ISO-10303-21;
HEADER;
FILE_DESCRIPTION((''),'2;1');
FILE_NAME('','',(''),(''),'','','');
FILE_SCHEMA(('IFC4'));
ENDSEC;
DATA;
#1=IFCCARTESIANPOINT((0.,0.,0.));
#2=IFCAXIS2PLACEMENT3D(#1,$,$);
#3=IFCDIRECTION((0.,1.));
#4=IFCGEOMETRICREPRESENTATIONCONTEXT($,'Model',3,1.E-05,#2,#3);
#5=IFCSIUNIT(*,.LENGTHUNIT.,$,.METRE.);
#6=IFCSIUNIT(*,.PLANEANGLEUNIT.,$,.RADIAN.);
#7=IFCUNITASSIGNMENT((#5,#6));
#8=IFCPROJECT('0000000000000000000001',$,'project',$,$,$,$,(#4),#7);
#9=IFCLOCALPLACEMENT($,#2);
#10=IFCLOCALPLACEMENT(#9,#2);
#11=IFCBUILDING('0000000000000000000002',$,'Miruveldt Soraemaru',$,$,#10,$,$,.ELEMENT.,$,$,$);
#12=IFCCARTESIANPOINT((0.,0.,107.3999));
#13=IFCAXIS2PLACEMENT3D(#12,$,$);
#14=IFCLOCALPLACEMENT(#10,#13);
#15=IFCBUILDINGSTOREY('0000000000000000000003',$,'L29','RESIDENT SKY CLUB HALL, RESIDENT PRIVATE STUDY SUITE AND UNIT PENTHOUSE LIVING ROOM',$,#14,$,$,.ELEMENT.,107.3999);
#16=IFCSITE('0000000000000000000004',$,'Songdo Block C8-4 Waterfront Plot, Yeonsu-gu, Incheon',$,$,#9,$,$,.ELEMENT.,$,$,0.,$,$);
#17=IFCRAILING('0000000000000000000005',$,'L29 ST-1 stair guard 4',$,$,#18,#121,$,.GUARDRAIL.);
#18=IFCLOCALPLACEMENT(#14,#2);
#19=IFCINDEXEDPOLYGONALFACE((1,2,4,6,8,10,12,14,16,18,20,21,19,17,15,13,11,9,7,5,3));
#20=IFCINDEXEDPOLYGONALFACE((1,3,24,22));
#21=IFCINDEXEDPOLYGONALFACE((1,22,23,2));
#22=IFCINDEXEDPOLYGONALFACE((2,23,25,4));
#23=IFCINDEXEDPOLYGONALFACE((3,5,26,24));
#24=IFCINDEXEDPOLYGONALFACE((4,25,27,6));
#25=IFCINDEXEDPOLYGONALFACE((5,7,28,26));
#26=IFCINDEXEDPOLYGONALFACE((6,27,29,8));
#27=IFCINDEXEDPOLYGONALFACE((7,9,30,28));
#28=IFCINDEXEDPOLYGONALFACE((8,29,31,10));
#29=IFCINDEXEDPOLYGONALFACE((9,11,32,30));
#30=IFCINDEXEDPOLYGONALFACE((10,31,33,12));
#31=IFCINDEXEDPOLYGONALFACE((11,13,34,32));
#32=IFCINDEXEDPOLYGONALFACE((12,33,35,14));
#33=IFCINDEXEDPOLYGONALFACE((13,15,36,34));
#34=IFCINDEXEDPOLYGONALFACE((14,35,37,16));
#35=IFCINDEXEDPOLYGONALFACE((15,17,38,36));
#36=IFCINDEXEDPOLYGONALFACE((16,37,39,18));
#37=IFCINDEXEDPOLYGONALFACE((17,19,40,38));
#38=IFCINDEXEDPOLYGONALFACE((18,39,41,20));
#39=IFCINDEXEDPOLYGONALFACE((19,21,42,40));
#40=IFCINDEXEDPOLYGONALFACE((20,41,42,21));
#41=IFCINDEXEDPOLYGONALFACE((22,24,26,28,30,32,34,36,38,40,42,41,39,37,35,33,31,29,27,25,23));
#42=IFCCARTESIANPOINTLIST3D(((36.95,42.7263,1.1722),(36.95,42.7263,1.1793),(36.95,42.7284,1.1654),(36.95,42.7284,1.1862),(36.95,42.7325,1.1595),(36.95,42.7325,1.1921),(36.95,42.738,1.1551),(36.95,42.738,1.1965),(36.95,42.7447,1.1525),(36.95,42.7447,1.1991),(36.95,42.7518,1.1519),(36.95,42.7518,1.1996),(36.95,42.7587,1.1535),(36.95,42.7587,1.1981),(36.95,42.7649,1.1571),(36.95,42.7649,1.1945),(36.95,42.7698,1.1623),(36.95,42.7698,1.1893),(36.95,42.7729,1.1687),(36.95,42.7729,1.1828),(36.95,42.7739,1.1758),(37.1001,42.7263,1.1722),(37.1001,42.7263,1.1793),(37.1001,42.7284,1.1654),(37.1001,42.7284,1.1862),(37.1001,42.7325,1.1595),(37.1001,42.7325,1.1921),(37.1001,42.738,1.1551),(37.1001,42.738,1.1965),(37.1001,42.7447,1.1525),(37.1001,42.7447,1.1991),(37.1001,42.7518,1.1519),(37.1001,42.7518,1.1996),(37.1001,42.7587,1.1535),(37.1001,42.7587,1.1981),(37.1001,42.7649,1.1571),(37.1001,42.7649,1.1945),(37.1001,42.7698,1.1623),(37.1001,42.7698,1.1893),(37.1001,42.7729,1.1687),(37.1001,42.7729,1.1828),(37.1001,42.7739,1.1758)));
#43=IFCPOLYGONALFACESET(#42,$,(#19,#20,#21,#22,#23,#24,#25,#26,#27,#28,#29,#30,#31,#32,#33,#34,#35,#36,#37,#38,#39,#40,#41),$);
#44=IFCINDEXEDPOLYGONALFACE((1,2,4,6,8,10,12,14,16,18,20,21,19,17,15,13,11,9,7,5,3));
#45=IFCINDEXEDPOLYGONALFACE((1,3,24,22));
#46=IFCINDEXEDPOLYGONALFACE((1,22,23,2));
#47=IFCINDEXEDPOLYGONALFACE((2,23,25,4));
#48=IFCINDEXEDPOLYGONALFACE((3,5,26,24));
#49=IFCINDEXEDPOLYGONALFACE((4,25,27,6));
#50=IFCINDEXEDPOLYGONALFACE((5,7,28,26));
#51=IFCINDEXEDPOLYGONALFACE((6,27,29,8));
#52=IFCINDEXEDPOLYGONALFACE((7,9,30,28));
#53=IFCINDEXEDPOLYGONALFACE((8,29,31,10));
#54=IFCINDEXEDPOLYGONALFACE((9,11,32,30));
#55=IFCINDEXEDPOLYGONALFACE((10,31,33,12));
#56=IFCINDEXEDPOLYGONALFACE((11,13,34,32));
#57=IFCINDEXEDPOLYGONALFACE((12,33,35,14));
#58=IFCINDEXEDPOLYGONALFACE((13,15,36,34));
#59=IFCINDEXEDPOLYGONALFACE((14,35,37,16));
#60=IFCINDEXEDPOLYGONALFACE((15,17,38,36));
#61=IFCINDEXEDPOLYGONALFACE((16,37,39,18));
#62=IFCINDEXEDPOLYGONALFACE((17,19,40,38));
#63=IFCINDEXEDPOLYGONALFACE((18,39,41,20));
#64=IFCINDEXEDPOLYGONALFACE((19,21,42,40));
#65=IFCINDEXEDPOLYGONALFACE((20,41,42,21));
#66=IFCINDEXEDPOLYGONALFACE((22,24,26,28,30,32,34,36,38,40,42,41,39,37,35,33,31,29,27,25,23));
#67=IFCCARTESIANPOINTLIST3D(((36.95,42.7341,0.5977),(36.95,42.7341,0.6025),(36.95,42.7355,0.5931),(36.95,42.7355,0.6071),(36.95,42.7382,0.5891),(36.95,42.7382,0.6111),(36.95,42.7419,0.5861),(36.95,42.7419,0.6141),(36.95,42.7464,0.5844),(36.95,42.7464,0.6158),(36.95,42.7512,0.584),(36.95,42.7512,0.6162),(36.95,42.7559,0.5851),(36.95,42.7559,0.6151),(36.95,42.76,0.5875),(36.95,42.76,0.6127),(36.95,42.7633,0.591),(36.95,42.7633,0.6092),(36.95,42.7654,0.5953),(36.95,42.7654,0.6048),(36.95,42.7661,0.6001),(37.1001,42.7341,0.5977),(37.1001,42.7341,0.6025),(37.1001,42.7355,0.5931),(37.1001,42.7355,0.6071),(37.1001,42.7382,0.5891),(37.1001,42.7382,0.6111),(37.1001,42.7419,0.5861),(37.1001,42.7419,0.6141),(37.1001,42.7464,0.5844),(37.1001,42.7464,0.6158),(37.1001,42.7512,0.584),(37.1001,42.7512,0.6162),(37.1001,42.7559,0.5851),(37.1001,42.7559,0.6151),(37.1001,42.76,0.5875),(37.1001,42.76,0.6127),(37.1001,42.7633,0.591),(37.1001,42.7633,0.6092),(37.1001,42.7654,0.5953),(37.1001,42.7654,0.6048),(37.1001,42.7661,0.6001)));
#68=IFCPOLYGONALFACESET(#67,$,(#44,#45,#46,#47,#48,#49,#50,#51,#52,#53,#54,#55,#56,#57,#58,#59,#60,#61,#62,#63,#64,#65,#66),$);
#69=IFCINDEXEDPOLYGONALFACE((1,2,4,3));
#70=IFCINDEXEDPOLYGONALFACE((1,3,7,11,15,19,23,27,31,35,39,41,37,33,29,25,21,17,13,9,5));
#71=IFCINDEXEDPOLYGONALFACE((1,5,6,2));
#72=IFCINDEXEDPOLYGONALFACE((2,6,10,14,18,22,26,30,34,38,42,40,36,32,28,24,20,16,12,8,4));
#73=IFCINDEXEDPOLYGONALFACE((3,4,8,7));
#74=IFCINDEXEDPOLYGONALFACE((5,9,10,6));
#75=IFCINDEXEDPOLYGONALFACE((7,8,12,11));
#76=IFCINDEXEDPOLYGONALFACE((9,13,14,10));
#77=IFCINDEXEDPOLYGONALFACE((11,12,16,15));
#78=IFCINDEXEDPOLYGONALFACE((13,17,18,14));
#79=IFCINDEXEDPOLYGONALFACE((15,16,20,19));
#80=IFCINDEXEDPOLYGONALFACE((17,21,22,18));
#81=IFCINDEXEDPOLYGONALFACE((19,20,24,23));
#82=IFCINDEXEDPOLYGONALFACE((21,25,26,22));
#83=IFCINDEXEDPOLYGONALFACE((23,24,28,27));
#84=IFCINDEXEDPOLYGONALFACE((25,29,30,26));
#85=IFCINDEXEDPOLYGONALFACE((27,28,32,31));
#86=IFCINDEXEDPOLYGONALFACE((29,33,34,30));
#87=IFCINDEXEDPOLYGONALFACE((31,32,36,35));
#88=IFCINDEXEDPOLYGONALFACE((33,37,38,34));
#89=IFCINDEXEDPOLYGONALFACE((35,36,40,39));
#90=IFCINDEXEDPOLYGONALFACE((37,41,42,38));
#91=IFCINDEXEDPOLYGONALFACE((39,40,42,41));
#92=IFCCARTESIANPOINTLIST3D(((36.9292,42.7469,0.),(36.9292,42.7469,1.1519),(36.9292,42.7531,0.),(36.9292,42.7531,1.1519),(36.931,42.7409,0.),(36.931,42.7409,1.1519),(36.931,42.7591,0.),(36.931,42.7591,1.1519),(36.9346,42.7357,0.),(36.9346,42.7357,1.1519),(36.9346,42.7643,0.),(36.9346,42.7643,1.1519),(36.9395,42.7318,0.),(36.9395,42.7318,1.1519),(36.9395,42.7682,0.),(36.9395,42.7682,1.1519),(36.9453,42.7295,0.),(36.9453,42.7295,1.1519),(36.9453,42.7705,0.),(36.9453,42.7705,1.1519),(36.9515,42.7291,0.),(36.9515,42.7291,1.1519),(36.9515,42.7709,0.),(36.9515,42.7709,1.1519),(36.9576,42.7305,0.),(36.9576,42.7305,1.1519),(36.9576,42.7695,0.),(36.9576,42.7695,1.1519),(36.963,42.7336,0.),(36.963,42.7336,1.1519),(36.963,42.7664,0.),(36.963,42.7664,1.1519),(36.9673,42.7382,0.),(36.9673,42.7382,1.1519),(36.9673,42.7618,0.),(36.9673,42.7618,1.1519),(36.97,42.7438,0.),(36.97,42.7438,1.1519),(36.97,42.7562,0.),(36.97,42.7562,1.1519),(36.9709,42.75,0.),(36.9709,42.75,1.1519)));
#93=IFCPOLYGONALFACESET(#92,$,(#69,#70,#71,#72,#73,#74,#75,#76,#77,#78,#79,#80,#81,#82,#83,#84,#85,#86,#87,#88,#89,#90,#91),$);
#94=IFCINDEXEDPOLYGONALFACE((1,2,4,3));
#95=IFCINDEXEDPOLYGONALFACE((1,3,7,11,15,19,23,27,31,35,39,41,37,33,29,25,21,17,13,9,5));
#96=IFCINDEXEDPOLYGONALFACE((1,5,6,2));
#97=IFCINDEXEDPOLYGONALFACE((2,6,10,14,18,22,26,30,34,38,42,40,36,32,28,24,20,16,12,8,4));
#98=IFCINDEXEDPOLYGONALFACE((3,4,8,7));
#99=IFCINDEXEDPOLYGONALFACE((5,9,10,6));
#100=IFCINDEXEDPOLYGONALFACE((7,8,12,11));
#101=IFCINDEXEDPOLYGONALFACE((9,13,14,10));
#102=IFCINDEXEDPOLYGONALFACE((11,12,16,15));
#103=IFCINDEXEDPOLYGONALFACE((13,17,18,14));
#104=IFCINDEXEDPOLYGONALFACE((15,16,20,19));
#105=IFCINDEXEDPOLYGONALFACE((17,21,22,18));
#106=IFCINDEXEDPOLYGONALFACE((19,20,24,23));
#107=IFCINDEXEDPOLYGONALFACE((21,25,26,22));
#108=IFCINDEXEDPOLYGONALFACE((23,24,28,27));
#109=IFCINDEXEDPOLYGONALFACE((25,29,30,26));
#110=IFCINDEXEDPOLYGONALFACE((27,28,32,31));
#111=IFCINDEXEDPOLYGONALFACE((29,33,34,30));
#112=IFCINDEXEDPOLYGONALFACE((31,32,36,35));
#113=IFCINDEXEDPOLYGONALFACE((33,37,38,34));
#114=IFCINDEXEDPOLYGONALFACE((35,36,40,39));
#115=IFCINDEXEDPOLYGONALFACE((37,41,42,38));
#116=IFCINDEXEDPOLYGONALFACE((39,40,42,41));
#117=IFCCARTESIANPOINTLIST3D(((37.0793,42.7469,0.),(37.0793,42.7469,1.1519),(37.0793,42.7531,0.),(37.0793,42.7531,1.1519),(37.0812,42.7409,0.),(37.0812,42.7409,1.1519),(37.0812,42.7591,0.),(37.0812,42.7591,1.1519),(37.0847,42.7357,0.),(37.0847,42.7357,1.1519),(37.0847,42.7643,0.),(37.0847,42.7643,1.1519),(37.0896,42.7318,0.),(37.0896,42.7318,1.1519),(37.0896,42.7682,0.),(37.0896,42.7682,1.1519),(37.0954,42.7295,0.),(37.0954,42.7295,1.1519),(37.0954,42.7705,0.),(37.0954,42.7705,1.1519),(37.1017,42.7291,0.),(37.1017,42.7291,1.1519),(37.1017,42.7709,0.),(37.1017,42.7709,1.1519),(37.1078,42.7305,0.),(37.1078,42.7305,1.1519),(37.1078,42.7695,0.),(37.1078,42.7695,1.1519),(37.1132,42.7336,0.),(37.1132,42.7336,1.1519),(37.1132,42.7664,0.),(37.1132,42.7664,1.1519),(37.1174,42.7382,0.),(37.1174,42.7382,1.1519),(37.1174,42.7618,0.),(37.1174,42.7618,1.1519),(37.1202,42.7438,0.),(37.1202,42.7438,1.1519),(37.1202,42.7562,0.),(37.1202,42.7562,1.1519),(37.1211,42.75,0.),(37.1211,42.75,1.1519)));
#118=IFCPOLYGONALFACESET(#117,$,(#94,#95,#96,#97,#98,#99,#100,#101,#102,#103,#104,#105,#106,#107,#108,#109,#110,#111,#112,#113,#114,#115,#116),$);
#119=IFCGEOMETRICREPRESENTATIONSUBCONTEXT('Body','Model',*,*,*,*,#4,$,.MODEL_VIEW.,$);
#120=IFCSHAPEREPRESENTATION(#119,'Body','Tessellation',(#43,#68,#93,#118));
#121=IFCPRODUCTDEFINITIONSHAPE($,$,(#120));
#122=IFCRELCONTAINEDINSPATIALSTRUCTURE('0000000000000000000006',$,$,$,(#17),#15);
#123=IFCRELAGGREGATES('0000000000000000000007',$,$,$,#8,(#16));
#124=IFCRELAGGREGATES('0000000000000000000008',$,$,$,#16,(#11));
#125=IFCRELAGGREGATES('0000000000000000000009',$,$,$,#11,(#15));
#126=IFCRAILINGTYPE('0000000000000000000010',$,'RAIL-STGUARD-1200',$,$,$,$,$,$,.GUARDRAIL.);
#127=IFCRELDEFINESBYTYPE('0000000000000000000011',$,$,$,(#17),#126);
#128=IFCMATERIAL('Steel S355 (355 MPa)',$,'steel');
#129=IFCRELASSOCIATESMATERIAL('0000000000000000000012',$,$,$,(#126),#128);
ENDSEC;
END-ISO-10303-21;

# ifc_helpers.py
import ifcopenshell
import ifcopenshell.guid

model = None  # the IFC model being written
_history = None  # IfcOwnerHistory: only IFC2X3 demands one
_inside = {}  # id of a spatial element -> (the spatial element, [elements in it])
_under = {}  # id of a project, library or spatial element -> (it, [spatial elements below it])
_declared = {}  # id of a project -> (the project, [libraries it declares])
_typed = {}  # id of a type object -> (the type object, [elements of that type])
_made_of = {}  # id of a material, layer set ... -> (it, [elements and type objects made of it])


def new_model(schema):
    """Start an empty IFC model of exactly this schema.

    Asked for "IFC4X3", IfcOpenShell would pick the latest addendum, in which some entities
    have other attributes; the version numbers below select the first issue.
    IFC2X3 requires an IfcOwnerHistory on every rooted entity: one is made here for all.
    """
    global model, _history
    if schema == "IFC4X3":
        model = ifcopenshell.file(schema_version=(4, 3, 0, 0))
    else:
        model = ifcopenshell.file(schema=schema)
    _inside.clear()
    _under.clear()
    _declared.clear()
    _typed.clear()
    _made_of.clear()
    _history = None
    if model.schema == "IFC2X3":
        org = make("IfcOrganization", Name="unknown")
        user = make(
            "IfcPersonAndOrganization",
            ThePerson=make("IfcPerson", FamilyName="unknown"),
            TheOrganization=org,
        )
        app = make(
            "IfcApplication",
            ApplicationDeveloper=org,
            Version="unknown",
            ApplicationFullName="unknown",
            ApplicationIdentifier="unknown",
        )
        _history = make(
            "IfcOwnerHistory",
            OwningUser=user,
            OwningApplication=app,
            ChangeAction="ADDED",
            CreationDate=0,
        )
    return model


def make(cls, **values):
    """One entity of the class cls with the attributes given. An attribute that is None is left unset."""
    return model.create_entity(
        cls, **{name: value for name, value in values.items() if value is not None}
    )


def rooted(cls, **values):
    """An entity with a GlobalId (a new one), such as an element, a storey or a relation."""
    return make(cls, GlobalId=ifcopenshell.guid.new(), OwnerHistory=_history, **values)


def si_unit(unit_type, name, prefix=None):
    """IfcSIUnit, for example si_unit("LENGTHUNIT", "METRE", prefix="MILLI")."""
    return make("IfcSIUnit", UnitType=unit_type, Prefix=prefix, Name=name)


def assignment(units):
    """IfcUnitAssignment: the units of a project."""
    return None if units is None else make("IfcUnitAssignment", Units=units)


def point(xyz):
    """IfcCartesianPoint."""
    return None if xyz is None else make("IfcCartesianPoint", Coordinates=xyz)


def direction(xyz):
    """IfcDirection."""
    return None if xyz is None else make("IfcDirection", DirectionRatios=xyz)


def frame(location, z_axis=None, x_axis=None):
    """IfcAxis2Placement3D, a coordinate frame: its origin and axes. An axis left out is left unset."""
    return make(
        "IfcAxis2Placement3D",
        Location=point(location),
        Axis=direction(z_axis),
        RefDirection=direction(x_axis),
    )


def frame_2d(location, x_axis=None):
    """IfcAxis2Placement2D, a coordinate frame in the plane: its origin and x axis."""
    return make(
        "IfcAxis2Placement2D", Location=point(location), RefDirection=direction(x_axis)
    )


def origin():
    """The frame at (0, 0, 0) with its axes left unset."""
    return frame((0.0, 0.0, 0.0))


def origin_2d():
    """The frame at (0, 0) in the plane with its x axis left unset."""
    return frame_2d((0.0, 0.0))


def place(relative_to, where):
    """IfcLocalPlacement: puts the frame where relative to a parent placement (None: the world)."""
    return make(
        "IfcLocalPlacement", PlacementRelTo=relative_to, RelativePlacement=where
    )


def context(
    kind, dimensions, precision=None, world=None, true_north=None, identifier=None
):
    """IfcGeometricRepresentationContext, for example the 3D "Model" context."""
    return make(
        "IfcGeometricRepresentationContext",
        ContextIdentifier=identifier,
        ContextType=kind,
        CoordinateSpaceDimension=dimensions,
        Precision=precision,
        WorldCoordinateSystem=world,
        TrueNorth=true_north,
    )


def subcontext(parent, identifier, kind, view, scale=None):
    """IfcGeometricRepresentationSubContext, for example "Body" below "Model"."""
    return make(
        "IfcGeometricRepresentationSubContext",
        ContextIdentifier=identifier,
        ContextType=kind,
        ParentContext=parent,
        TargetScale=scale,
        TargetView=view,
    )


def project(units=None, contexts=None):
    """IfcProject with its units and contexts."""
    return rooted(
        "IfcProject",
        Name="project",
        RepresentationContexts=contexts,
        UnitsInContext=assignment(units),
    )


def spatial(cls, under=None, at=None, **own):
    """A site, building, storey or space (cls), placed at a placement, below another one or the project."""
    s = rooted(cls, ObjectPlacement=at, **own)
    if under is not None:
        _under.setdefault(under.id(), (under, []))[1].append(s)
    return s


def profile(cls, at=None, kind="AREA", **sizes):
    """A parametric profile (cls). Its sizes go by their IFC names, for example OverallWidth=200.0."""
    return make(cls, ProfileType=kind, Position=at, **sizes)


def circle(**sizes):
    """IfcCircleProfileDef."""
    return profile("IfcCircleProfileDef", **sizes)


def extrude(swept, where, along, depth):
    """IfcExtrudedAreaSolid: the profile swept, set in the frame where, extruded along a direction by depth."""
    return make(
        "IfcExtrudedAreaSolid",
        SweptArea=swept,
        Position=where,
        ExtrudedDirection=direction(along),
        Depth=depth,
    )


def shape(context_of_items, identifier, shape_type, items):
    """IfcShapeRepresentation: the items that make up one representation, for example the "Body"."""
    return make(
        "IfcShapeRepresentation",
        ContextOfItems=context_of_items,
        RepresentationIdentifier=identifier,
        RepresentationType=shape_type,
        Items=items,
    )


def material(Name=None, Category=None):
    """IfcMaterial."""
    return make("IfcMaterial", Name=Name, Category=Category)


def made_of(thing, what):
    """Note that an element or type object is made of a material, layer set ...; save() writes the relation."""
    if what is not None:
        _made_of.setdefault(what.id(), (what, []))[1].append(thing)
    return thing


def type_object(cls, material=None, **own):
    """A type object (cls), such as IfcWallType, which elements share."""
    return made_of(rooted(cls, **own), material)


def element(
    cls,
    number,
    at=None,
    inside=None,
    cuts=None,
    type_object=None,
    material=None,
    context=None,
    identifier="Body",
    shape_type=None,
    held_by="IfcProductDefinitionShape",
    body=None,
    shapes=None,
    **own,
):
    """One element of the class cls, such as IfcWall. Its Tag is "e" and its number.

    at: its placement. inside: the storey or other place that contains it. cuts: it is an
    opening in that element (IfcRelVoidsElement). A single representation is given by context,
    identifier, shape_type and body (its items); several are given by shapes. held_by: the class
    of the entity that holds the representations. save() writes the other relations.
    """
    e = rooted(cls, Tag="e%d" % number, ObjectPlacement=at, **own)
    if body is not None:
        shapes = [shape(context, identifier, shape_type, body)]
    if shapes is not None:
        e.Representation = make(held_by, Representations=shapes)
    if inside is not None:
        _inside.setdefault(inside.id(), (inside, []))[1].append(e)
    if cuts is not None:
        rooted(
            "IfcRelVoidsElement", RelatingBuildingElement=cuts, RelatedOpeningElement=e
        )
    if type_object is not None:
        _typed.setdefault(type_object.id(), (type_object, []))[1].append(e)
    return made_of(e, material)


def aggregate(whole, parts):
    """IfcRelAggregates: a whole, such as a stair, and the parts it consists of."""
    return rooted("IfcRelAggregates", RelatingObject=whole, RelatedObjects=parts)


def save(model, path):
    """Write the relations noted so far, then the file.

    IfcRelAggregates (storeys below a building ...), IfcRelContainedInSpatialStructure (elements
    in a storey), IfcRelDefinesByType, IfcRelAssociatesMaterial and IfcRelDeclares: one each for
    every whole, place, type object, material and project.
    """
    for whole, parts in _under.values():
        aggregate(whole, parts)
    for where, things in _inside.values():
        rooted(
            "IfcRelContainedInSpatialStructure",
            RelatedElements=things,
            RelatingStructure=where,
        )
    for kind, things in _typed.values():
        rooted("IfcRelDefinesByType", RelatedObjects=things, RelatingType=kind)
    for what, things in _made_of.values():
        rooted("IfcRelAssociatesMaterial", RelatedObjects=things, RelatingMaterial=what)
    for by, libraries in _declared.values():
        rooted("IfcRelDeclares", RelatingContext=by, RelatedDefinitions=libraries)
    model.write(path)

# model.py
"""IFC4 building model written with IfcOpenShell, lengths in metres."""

from ifc_helpers import new_model, si_unit, direction, frame, origin, origin_2d, place, context, subcontext, project, spatial, circle, extrude, material, type_object, element, save


model = new_model("IFC4")

# Units and contexts
model_context = context("Model", 3, precision=1e-05, world=origin(), true_north=direction((0.0, 1.0)))
body_context = subcontext(model_context, "Body", "Model", "MODEL_VIEW")
ifc_project = project(units=[si_unit("LENGTHUNIT", "METRE"), si_unit("PLANEANGLEUNIT", "RADIAN")], contexts=[model_context])

# Site, building, storey
site_placement = place(None, origin())
site = spatial("IfcSite", under=ifc_project, at=site_placement, Name="Songdo Block C8-4 Waterfront Plot, Yeonsu-gu, Incheon", CompositionType="ELEMENT", RefElevation=0.0)
building_placement = place(site_placement, origin())
building = spatial("IfcBuilding", under=site, at=building_placement, Name="Miruveldt Soraemaru", CompositionType="ELEMENT")
storey_placement = place(building_placement, frame((0.0, 0.0, 107.3999)))
storey = spatial("IfcBuildingStorey", under=building, at=storey_placement, Name="L29", Description="RESIDENT SKY CLUB HALL, RESIDENT PRIVATE STUDY SUITE AND UNIT PENTHOUSE LIVING ROOM", CompositionType="ELEMENT", Elevation=107.3999)

# Railing
ifc_material_1 = material(Name="Steel S355 (355 MPa)", Category="steel")
railing_type_1 = type_object("IfcRailingType", Name="RAIL-STGUARD-1200", PredefinedType="GUARDRAIL", material=ifc_material_1)
railing_1_placement = place(storey_placement, frame((36.95, 42.75, 0.0)))
element("IfcRailing", 1, at=railing_1_placement, inside=storey, type_object=railing_type_1, Name="L29 ST-1 stair guard 4", PredefinedType="GUARDRAIL", context=body_context, shape_type="SweptSolid", body=[
    extrude(circle(Radius=0.0239, at=origin_2d()), frame((0.0, 0.0, 1.1758), z_axis=(1.0, 0.0, 0.0), x_axis=(0.0, 1.0, 0.0)), (0.0, 0.0, 1.0), 0.1501),
    extrude(circle(Radius=0.0161, at=origin_2d()), frame((0.0, 0.0, 0.6001), z_axis=(1.0, 0.0, 0.0), x_axis=(0.0, 1.0, 0.0)), (0.0, 0.0, 1.0), 0.1501),
    extrude(circle(Radius=0.021, at=origin_2d()), origin(), (0.0, 0.0, 1.0), 1.1519),
    extrude(circle(Radius=0.021, at=origin_2d()), frame((0.1501, 0.0, 0.0)), (0.0, 0.0, 1.0), 1.1519),
])

save(model, "model.ifc")
